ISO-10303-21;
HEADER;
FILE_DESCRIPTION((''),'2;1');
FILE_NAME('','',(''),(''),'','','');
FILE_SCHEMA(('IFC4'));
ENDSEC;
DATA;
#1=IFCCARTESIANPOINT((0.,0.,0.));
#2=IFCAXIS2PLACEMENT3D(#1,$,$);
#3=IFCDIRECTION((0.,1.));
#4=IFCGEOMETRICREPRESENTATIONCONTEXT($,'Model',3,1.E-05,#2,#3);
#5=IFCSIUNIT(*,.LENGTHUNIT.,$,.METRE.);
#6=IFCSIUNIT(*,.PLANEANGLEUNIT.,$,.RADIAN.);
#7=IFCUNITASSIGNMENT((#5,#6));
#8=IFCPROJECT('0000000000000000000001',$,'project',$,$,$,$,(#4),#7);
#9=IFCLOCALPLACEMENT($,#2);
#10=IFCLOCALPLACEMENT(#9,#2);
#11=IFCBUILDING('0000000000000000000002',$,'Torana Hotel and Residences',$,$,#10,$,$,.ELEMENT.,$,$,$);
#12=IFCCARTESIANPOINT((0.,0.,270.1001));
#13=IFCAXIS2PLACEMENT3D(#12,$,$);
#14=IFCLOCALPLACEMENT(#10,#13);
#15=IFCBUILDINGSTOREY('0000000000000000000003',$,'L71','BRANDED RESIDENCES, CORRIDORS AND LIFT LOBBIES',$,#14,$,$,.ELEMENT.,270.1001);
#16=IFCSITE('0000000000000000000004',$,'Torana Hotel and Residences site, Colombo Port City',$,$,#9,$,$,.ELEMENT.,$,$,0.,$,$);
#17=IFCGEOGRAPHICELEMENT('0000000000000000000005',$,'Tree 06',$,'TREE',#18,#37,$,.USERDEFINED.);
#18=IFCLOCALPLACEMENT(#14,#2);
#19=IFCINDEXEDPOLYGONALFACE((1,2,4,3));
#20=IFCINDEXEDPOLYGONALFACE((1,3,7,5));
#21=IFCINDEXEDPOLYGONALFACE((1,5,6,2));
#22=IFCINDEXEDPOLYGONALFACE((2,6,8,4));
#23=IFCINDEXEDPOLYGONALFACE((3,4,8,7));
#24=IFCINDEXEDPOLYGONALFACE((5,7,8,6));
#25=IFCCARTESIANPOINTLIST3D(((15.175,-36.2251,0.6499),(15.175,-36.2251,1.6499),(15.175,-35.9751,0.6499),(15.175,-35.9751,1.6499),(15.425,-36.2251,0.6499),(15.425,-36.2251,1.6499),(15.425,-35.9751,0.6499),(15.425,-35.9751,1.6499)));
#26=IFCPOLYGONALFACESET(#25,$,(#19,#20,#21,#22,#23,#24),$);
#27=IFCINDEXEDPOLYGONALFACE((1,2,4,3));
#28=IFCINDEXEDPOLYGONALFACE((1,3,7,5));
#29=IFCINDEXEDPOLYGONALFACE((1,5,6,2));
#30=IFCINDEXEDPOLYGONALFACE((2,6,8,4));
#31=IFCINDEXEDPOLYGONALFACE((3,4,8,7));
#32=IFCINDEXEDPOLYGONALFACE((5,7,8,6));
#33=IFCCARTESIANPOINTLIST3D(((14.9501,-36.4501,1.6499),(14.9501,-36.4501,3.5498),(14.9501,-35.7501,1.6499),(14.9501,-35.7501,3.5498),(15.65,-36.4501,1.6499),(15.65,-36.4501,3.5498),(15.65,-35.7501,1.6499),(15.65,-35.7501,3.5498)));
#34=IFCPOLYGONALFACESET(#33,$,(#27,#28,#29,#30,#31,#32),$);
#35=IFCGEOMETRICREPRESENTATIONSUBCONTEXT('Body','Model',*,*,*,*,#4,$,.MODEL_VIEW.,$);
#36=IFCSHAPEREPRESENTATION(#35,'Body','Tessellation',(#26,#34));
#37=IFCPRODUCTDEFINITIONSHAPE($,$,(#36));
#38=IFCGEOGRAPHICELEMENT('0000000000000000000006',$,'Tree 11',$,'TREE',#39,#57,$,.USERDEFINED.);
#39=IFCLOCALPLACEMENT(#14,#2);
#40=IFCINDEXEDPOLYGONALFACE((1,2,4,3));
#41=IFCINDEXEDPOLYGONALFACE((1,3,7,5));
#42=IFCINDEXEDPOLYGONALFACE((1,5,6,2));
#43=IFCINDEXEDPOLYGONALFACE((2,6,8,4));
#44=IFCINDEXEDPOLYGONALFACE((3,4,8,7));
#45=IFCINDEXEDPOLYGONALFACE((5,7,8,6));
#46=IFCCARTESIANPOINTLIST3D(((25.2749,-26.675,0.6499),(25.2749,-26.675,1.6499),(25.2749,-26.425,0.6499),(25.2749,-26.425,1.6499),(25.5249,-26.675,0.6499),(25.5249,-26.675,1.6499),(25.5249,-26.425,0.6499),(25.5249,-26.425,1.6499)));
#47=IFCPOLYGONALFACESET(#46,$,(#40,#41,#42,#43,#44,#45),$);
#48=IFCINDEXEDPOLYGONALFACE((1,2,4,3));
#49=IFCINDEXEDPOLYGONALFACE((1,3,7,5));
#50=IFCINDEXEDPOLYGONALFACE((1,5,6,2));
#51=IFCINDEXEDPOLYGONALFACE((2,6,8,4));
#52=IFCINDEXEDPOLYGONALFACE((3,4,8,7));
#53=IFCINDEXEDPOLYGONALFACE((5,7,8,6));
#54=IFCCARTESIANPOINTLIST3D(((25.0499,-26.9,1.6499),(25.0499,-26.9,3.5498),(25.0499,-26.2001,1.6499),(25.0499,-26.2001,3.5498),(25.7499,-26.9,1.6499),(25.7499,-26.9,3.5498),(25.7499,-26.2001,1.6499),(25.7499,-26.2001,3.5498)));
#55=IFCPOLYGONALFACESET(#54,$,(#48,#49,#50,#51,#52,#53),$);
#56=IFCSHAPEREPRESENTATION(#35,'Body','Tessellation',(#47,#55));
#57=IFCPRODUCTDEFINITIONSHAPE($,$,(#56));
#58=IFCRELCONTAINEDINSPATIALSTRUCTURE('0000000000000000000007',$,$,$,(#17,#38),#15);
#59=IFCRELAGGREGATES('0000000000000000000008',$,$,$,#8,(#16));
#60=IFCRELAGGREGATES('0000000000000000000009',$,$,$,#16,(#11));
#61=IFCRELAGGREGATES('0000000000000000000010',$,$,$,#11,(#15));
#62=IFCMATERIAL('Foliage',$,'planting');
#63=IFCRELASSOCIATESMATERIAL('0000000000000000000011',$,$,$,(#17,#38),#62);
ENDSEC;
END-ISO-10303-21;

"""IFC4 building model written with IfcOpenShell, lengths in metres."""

from ifc_helpers import new_model, si_unit, direction, frame, origin, origin_2d, place, context, subcontext, project, spatial, rectangle, extrude, material, element, save


model = new_model("IFC4")

# Units and contexts
model_context = context("Model", 3, precision=1e-05, world=origin(), true_north=direction((0.0, 1.0)))
body_context = subcontext(model_context, "Body", "Model", "MODEL_VIEW")
ifc_project = project(units=[si_unit("LENGTHUNIT", "METRE"), si_unit("PLANEANGLEUNIT", "RADIAN")], contexts=[model_context])

# Site, building, storey
site_placement = place(None, origin())
site = spatial("IfcSite", under=ifc_project, at=site_placement, Name="Torana Hotel and Residences site, Colombo Port City", CompositionType="ELEMENT", RefElevation=0.0)
building_placement = place(site_placement, origin())
building = spatial("IfcBuilding", under=site, at=building_placement, Name="Torana Hotel and Residences", CompositionType="ELEMENT")
storey_placement = place(building_placement, frame((0.0, 0.0, 270.1001)))
storey = spatial("IfcBuildingStorey", under=building, at=storey_placement, Name="L71", Description="BRANDED RESIDENCES, CORRIDORS AND LIFT LOBBIES", CompositionType="ELEMENT", Elevation=270.1001)

# Geographic elements
ifc_material_1 = material(Name="Foliage", Category="planting")
for number, where, z_axis, x_axis, name in (
    (1, (15.3, -36.1001, 0.6499), (0.0, 0.0, 1.0), (1.0, 0.0, 0.0), "Tree 06"),
    (2, (25.3999, -26.55, 0.6499), (0.0, 0.0, 1.0), (1.0, 0.0, 0.0), "Tree 11"),
):
    element("IfcGeographicElement", number, at=place(storey_placement, frame(where, z_axis=z_axis, x_axis=x_axis)), inside=storey, material=ifc_material_1, Name=name, ObjectType="TREE", PredefinedType="USERDEFINED", context=body_context, shape_type="SweptSolid", body=[
        extrude(rectangle(XDim=0.25, YDim=0.25, at=origin_2d()), origin(), (0.0, 0.0, 1.0), 1.0),
        extrude(rectangle(XDim=0.7, YDim=0.7, at=origin_2d()), frame((0.0, 0.0, 1.0)), (0.0, 0.0, 1.0), 1.8999),
    ])

save(model, "model.ifc")
